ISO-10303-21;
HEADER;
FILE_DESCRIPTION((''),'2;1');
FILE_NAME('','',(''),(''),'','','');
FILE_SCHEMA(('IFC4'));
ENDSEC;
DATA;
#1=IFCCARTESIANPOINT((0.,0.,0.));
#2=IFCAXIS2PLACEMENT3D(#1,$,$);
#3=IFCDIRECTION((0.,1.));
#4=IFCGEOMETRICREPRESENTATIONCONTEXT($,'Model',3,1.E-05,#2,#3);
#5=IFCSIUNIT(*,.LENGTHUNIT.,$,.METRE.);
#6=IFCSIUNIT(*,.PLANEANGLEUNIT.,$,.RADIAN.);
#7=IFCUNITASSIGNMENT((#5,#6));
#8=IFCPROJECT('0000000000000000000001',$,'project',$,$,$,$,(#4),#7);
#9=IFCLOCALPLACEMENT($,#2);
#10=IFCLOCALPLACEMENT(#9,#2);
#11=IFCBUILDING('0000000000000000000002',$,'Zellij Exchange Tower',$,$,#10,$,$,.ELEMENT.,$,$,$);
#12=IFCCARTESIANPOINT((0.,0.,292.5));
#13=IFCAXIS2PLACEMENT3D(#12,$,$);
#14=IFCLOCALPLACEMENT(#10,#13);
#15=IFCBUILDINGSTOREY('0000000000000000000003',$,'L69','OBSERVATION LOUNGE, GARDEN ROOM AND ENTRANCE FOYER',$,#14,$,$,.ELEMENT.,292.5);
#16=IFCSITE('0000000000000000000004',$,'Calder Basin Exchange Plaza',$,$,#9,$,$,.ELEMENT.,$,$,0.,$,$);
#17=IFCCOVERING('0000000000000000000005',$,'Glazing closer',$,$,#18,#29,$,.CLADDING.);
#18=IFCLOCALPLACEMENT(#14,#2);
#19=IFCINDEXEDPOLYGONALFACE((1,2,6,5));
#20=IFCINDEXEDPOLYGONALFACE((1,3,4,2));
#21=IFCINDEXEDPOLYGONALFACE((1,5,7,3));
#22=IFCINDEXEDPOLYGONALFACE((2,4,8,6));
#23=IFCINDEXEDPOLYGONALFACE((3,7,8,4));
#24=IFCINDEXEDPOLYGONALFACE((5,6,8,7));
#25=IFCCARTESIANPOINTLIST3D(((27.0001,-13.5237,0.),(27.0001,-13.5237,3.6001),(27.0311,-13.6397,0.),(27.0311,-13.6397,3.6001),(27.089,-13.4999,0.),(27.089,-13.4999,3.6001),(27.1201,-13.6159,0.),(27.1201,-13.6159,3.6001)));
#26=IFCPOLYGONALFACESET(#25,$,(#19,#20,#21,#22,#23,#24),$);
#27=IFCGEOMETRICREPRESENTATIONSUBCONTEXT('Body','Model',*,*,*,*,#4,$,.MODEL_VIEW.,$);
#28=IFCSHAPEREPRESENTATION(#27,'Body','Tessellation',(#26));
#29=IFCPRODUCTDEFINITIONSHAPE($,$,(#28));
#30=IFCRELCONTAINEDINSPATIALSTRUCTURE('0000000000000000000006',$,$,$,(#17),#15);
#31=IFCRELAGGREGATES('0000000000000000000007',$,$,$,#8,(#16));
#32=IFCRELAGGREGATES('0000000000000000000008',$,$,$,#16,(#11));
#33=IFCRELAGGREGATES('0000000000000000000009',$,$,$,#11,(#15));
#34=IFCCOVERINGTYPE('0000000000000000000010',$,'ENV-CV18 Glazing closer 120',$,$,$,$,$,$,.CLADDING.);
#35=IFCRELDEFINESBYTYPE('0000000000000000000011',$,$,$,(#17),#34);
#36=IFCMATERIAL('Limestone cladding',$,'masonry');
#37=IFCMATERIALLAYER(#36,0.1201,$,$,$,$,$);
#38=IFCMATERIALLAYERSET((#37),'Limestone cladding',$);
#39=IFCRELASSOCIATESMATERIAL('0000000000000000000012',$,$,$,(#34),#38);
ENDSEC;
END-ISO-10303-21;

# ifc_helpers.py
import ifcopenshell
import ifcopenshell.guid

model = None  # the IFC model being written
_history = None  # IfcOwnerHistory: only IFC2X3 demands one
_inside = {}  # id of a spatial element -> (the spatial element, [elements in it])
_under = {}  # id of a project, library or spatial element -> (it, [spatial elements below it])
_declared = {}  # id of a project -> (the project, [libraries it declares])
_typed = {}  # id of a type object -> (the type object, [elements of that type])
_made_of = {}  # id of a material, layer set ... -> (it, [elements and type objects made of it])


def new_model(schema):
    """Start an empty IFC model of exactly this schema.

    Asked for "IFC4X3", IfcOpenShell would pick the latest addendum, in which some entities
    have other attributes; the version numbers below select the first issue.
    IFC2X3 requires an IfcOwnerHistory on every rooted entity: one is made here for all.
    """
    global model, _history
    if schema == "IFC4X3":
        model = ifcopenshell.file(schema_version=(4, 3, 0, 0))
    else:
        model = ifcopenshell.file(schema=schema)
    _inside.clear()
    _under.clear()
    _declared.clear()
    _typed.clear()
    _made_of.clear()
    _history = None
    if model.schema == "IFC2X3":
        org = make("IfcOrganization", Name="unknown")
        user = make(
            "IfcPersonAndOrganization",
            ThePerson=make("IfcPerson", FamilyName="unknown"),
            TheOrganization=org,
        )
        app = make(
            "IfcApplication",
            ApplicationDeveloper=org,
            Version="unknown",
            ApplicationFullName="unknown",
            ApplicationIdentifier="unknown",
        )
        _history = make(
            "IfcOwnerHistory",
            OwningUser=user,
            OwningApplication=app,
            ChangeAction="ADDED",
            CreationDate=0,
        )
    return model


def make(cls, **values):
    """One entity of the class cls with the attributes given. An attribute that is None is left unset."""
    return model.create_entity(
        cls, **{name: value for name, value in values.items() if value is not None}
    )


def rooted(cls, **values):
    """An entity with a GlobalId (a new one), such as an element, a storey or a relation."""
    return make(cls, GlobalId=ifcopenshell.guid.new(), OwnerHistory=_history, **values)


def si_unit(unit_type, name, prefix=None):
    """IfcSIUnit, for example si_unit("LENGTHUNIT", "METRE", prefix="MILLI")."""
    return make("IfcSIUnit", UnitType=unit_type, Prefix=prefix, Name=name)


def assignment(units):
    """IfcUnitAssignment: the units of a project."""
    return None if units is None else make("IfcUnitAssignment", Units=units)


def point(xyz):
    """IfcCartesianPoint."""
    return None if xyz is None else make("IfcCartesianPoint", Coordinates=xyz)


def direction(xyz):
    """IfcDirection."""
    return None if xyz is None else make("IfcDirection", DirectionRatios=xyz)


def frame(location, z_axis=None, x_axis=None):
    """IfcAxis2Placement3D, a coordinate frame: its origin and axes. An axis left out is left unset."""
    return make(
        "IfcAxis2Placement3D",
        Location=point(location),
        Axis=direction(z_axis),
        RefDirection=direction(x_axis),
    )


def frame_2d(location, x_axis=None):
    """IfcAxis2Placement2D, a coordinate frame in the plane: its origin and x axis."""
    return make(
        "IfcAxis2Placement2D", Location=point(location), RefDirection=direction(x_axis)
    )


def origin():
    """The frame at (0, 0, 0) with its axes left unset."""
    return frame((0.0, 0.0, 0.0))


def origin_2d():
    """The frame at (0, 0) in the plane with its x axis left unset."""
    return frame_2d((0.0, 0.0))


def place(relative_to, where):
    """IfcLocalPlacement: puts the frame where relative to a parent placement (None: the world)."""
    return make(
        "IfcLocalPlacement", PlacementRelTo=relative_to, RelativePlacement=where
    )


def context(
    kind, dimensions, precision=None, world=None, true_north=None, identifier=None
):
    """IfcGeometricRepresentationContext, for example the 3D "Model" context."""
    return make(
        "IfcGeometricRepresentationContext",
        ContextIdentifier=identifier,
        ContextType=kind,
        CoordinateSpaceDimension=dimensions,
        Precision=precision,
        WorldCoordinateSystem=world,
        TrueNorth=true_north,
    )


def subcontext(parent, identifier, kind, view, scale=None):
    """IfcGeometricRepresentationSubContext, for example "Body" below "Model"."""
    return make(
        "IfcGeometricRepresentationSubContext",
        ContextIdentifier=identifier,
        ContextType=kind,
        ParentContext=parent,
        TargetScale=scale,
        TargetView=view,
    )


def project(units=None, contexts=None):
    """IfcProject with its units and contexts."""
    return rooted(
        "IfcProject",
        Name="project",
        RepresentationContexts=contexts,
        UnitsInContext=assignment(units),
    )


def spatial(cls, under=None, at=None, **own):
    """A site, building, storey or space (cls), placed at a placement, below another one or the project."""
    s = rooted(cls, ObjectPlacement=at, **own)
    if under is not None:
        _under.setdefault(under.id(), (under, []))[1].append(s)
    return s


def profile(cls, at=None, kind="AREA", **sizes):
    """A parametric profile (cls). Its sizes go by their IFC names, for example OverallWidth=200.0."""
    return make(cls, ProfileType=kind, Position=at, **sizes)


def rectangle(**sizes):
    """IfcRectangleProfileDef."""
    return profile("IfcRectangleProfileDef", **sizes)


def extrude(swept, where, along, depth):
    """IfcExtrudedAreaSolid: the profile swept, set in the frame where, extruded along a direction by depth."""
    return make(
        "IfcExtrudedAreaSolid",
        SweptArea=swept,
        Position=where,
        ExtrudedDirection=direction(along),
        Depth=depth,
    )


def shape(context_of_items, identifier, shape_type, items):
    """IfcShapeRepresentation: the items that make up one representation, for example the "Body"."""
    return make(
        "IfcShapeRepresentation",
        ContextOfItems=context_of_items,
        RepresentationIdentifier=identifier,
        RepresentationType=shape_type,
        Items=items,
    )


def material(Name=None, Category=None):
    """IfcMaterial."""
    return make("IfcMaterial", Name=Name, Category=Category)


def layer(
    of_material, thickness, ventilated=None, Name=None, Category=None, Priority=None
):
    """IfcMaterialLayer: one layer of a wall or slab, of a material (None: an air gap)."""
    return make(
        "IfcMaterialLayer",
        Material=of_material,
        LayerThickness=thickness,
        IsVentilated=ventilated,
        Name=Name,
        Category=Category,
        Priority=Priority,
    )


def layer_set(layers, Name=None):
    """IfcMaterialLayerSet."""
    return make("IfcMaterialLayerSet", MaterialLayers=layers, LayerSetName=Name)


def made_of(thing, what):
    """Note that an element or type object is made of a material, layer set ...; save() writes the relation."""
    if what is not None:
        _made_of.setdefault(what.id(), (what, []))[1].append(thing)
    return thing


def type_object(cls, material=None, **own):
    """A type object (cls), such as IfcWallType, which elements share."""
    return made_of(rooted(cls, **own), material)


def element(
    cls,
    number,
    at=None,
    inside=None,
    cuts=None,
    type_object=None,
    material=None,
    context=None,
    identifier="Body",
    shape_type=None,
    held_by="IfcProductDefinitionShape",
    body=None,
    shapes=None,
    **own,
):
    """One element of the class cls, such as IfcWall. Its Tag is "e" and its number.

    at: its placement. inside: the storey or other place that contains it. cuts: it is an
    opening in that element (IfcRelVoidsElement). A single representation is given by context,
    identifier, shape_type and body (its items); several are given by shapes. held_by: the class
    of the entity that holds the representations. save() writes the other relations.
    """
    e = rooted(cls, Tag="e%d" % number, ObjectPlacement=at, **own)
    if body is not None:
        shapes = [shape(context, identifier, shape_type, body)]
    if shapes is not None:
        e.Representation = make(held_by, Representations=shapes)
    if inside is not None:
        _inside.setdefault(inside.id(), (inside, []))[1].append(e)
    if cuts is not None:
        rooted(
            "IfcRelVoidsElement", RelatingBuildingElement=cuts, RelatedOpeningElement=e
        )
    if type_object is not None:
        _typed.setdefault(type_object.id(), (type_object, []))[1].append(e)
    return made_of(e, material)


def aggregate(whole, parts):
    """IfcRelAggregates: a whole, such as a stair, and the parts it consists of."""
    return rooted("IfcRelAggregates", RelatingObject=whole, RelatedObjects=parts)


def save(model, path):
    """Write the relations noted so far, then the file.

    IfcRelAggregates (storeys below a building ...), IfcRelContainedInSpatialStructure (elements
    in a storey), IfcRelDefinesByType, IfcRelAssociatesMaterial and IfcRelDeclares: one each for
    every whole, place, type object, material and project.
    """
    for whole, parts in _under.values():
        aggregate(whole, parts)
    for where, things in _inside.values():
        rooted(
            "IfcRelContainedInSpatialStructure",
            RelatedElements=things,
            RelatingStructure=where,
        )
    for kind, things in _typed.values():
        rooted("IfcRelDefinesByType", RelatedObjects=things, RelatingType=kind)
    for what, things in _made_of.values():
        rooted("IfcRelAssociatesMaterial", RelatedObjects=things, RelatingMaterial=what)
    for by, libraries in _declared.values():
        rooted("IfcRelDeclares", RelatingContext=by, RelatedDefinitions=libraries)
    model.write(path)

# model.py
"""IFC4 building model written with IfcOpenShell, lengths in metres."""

from ifc_helpers import new_model, si_unit, direction, frame, origin, origin_2d, place, context, subcontext, project, spatial, rectangle, extrude, material, layer, layer_set, type_object, element, save


model = new_model("IFC4")

# Units and contexts
model_context = context("Model", 3, precision=1e-05, world=origin(), true_north=direction((0.0, 1.0)))
body_context = subcontext(model_context, "Body", "Model", "MODEL_VIEW")
ifc_project = project(units=[si_unit("LENGTHUNIT", "METRE"), si_unit("PLANEANGLEUNIT", "RADIAN")], contexts=[model_context])

# Site, building, storey
site_placement = place(None, origin())
site = spatial("IfcSite", under=ifc_project, at=site_placement, Name="Calder Basin Exchange Plaza", CompositionType="ELEMENT", RefElevation=0.0)
building_placement = place(site_placement, origin())
building = spatial("IfcBuilding", under=site, at=building_placement, Name="Zellij Exchange Tower", CompositionType="ELEMENT")
storey_placement = place(building_placement, frame((0.0, 0.0, 292.5)))
storey = spatial("IfcBuildingStorey", under=building, at=storey_placement, Name="L69", Description="OBSERVATION LOUNGE, GARDEN ROOM AND ENTRANCE FOYER", CompositionType="ELEMENT", Elevation=292.5)

# Covering
ifc_material_1 = material(Name="Limestone cladding", Category="masonry")
ifc_layer_1 = layer(ifc_material_1, 0.1201)
ifc_layer_set_1 = layer_set([ifc_layer_1], Name="Limestone cladding")
covering_type = type_object("IfcCoveringType", Name="ENV-CV18 Glazing closer 120", PredefinedType="CLADDING", material=ifc_layer_set_1)
covering_placement = place(storey_placement, frame((27.0601, -13.5698, 0.0), z_axis=(0.0, 0.0, 1.0), x_axis=(-0.965929, -0.258806, 0.0)))
element("IfcCovering", 1, at=covering_placement, inside=storey, type_object=covering_type, Name="Glazing closer", PredefinedType="CLADDING", context=body_context, shape_type="SweptSolid", body=[
    extrude(rectangle(XDim=0.092, YDim=0.1201, at=origin_2d()), origin(), (0.0, 0.0, 1.0), 3.6001),
])

save(model, "model.ifc")
